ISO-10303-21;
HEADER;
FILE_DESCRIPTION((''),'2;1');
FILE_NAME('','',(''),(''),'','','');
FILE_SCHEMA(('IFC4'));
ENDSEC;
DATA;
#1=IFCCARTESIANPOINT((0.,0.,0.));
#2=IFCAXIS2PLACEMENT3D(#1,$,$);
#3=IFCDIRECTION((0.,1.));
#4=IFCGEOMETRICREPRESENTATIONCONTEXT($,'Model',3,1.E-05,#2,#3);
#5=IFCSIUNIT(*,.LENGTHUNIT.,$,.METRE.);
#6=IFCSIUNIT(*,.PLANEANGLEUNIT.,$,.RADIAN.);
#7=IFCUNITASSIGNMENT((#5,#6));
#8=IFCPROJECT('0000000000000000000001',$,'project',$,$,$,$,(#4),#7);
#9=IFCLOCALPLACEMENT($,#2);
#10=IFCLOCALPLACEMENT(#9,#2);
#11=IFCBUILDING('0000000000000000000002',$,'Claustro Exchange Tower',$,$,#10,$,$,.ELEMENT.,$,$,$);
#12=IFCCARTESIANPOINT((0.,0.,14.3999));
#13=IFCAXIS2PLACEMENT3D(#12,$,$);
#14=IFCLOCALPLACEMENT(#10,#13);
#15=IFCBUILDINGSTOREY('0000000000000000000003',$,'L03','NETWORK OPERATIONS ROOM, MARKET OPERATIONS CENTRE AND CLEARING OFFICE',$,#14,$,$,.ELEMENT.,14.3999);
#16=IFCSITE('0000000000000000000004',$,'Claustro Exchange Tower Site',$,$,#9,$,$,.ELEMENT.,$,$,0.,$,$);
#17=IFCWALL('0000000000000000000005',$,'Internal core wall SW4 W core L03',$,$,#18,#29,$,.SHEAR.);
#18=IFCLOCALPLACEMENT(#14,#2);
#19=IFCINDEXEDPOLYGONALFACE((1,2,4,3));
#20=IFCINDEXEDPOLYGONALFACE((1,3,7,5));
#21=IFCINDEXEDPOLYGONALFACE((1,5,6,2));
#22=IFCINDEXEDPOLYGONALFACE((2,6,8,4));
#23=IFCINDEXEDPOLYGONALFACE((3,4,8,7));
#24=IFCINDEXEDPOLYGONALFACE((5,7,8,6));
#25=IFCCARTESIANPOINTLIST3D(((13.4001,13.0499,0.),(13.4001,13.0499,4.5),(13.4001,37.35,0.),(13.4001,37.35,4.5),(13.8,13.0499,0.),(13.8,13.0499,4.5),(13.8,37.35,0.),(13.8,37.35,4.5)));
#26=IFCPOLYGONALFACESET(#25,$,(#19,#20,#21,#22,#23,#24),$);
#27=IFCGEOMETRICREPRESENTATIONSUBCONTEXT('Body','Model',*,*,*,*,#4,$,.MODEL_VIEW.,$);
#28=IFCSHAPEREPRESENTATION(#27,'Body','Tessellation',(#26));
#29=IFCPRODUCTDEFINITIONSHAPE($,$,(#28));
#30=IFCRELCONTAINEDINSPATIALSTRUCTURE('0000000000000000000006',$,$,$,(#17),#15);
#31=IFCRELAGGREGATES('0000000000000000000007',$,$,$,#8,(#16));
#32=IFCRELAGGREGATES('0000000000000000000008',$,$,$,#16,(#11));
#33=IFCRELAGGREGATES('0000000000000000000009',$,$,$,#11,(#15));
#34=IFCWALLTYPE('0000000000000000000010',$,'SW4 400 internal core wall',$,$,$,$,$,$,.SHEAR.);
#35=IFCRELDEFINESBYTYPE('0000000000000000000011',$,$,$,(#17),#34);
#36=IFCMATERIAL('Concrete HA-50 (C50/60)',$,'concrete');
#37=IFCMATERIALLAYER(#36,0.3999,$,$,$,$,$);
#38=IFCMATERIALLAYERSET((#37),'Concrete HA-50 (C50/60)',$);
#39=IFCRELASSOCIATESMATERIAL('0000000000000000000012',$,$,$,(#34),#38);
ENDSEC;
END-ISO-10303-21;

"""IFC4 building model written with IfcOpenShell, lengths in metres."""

from ifc_helpers import new_model, si_unit, direction, frame, frame_2d, origin, place, context, subcontext, project, spatial, rectangle, extrude, material, layer, layer_set, type_object, element, save


model = new_model("IFC4")

# Units and contexts
model_context = context("Model", 3, precision=1e-05, world=origin(), true_north=direction((0.0, 1.0)))
body_context = subcontext(model_context, "Body", "Model", "MODEL_VIEW")
ifc_project = project(units=[si_unit("LENGTHUNIT", "METRE"), si_unit("PLANEANGLEUNIT", "RADIAN")], contexts=[model_context])

# Site, building, storey
site_placement = place(None, origin())
site = spatial("IfcSite", under=ifc_project, at=site_placement, Name="Claustro Exchange Tower Site", CompositionType="ELEMENT", RefElevation=0.0)
building_placement = place(site_placement, origin())
building = spatial("IfcBuilding", under=site, at=building_placement, Name="Claustro Exchange Tower", CompositionType="ELEMENT")
storey_placement = place(building_placement, frame((0.0, 0.0, 14.3999)))
storey = spatial("IfcBuildingStorey", under=building, at=storey_placement, Name="L03", Description="NETWORK OPERATIONS ROOM, MARKET OPERATIONS CENTRE AND CLEARING OFFICE", CompositionType="ELEMENT", Elevation=14.3999)

# Wall
ifc_material_1 = material(Name="Concrete HA-50 (C50/60)", Category="concrete")
ifc_layer = layer(ifc_material_1, 0.3999)
ifc_layer_set = layer_set([ifc_layer], Name="Concrete HA-50 (C50/60)")
wall_type = type_object("IfcWallType", Name="SW4 400 internal core wall", PredefinedType="SHEAR", material=ifc_layer_set)
wall_placement = place(storey_placement, frame((13.6001, 13.05, 0.0), z_axis=(0.0, 0.0, 1.0), x_axis=(0.0, 1.0, 0.0)))
element("IfcWall", 1, at=wall_placement, inside=storey, type_object=wall_type, Name="Internal core wall SW4 W core L03", PredefinedType="SHEAR", context=body_context, shape_type="SweptSolid", body=[
    extrude(rectangle(XDim=24.3, YDim=0.3999, at=frame_2d((12.1499, 0.0))), origin(), (0.0, 0.0, 1.0), 4.5),
])

save(model, "model.ifc")
